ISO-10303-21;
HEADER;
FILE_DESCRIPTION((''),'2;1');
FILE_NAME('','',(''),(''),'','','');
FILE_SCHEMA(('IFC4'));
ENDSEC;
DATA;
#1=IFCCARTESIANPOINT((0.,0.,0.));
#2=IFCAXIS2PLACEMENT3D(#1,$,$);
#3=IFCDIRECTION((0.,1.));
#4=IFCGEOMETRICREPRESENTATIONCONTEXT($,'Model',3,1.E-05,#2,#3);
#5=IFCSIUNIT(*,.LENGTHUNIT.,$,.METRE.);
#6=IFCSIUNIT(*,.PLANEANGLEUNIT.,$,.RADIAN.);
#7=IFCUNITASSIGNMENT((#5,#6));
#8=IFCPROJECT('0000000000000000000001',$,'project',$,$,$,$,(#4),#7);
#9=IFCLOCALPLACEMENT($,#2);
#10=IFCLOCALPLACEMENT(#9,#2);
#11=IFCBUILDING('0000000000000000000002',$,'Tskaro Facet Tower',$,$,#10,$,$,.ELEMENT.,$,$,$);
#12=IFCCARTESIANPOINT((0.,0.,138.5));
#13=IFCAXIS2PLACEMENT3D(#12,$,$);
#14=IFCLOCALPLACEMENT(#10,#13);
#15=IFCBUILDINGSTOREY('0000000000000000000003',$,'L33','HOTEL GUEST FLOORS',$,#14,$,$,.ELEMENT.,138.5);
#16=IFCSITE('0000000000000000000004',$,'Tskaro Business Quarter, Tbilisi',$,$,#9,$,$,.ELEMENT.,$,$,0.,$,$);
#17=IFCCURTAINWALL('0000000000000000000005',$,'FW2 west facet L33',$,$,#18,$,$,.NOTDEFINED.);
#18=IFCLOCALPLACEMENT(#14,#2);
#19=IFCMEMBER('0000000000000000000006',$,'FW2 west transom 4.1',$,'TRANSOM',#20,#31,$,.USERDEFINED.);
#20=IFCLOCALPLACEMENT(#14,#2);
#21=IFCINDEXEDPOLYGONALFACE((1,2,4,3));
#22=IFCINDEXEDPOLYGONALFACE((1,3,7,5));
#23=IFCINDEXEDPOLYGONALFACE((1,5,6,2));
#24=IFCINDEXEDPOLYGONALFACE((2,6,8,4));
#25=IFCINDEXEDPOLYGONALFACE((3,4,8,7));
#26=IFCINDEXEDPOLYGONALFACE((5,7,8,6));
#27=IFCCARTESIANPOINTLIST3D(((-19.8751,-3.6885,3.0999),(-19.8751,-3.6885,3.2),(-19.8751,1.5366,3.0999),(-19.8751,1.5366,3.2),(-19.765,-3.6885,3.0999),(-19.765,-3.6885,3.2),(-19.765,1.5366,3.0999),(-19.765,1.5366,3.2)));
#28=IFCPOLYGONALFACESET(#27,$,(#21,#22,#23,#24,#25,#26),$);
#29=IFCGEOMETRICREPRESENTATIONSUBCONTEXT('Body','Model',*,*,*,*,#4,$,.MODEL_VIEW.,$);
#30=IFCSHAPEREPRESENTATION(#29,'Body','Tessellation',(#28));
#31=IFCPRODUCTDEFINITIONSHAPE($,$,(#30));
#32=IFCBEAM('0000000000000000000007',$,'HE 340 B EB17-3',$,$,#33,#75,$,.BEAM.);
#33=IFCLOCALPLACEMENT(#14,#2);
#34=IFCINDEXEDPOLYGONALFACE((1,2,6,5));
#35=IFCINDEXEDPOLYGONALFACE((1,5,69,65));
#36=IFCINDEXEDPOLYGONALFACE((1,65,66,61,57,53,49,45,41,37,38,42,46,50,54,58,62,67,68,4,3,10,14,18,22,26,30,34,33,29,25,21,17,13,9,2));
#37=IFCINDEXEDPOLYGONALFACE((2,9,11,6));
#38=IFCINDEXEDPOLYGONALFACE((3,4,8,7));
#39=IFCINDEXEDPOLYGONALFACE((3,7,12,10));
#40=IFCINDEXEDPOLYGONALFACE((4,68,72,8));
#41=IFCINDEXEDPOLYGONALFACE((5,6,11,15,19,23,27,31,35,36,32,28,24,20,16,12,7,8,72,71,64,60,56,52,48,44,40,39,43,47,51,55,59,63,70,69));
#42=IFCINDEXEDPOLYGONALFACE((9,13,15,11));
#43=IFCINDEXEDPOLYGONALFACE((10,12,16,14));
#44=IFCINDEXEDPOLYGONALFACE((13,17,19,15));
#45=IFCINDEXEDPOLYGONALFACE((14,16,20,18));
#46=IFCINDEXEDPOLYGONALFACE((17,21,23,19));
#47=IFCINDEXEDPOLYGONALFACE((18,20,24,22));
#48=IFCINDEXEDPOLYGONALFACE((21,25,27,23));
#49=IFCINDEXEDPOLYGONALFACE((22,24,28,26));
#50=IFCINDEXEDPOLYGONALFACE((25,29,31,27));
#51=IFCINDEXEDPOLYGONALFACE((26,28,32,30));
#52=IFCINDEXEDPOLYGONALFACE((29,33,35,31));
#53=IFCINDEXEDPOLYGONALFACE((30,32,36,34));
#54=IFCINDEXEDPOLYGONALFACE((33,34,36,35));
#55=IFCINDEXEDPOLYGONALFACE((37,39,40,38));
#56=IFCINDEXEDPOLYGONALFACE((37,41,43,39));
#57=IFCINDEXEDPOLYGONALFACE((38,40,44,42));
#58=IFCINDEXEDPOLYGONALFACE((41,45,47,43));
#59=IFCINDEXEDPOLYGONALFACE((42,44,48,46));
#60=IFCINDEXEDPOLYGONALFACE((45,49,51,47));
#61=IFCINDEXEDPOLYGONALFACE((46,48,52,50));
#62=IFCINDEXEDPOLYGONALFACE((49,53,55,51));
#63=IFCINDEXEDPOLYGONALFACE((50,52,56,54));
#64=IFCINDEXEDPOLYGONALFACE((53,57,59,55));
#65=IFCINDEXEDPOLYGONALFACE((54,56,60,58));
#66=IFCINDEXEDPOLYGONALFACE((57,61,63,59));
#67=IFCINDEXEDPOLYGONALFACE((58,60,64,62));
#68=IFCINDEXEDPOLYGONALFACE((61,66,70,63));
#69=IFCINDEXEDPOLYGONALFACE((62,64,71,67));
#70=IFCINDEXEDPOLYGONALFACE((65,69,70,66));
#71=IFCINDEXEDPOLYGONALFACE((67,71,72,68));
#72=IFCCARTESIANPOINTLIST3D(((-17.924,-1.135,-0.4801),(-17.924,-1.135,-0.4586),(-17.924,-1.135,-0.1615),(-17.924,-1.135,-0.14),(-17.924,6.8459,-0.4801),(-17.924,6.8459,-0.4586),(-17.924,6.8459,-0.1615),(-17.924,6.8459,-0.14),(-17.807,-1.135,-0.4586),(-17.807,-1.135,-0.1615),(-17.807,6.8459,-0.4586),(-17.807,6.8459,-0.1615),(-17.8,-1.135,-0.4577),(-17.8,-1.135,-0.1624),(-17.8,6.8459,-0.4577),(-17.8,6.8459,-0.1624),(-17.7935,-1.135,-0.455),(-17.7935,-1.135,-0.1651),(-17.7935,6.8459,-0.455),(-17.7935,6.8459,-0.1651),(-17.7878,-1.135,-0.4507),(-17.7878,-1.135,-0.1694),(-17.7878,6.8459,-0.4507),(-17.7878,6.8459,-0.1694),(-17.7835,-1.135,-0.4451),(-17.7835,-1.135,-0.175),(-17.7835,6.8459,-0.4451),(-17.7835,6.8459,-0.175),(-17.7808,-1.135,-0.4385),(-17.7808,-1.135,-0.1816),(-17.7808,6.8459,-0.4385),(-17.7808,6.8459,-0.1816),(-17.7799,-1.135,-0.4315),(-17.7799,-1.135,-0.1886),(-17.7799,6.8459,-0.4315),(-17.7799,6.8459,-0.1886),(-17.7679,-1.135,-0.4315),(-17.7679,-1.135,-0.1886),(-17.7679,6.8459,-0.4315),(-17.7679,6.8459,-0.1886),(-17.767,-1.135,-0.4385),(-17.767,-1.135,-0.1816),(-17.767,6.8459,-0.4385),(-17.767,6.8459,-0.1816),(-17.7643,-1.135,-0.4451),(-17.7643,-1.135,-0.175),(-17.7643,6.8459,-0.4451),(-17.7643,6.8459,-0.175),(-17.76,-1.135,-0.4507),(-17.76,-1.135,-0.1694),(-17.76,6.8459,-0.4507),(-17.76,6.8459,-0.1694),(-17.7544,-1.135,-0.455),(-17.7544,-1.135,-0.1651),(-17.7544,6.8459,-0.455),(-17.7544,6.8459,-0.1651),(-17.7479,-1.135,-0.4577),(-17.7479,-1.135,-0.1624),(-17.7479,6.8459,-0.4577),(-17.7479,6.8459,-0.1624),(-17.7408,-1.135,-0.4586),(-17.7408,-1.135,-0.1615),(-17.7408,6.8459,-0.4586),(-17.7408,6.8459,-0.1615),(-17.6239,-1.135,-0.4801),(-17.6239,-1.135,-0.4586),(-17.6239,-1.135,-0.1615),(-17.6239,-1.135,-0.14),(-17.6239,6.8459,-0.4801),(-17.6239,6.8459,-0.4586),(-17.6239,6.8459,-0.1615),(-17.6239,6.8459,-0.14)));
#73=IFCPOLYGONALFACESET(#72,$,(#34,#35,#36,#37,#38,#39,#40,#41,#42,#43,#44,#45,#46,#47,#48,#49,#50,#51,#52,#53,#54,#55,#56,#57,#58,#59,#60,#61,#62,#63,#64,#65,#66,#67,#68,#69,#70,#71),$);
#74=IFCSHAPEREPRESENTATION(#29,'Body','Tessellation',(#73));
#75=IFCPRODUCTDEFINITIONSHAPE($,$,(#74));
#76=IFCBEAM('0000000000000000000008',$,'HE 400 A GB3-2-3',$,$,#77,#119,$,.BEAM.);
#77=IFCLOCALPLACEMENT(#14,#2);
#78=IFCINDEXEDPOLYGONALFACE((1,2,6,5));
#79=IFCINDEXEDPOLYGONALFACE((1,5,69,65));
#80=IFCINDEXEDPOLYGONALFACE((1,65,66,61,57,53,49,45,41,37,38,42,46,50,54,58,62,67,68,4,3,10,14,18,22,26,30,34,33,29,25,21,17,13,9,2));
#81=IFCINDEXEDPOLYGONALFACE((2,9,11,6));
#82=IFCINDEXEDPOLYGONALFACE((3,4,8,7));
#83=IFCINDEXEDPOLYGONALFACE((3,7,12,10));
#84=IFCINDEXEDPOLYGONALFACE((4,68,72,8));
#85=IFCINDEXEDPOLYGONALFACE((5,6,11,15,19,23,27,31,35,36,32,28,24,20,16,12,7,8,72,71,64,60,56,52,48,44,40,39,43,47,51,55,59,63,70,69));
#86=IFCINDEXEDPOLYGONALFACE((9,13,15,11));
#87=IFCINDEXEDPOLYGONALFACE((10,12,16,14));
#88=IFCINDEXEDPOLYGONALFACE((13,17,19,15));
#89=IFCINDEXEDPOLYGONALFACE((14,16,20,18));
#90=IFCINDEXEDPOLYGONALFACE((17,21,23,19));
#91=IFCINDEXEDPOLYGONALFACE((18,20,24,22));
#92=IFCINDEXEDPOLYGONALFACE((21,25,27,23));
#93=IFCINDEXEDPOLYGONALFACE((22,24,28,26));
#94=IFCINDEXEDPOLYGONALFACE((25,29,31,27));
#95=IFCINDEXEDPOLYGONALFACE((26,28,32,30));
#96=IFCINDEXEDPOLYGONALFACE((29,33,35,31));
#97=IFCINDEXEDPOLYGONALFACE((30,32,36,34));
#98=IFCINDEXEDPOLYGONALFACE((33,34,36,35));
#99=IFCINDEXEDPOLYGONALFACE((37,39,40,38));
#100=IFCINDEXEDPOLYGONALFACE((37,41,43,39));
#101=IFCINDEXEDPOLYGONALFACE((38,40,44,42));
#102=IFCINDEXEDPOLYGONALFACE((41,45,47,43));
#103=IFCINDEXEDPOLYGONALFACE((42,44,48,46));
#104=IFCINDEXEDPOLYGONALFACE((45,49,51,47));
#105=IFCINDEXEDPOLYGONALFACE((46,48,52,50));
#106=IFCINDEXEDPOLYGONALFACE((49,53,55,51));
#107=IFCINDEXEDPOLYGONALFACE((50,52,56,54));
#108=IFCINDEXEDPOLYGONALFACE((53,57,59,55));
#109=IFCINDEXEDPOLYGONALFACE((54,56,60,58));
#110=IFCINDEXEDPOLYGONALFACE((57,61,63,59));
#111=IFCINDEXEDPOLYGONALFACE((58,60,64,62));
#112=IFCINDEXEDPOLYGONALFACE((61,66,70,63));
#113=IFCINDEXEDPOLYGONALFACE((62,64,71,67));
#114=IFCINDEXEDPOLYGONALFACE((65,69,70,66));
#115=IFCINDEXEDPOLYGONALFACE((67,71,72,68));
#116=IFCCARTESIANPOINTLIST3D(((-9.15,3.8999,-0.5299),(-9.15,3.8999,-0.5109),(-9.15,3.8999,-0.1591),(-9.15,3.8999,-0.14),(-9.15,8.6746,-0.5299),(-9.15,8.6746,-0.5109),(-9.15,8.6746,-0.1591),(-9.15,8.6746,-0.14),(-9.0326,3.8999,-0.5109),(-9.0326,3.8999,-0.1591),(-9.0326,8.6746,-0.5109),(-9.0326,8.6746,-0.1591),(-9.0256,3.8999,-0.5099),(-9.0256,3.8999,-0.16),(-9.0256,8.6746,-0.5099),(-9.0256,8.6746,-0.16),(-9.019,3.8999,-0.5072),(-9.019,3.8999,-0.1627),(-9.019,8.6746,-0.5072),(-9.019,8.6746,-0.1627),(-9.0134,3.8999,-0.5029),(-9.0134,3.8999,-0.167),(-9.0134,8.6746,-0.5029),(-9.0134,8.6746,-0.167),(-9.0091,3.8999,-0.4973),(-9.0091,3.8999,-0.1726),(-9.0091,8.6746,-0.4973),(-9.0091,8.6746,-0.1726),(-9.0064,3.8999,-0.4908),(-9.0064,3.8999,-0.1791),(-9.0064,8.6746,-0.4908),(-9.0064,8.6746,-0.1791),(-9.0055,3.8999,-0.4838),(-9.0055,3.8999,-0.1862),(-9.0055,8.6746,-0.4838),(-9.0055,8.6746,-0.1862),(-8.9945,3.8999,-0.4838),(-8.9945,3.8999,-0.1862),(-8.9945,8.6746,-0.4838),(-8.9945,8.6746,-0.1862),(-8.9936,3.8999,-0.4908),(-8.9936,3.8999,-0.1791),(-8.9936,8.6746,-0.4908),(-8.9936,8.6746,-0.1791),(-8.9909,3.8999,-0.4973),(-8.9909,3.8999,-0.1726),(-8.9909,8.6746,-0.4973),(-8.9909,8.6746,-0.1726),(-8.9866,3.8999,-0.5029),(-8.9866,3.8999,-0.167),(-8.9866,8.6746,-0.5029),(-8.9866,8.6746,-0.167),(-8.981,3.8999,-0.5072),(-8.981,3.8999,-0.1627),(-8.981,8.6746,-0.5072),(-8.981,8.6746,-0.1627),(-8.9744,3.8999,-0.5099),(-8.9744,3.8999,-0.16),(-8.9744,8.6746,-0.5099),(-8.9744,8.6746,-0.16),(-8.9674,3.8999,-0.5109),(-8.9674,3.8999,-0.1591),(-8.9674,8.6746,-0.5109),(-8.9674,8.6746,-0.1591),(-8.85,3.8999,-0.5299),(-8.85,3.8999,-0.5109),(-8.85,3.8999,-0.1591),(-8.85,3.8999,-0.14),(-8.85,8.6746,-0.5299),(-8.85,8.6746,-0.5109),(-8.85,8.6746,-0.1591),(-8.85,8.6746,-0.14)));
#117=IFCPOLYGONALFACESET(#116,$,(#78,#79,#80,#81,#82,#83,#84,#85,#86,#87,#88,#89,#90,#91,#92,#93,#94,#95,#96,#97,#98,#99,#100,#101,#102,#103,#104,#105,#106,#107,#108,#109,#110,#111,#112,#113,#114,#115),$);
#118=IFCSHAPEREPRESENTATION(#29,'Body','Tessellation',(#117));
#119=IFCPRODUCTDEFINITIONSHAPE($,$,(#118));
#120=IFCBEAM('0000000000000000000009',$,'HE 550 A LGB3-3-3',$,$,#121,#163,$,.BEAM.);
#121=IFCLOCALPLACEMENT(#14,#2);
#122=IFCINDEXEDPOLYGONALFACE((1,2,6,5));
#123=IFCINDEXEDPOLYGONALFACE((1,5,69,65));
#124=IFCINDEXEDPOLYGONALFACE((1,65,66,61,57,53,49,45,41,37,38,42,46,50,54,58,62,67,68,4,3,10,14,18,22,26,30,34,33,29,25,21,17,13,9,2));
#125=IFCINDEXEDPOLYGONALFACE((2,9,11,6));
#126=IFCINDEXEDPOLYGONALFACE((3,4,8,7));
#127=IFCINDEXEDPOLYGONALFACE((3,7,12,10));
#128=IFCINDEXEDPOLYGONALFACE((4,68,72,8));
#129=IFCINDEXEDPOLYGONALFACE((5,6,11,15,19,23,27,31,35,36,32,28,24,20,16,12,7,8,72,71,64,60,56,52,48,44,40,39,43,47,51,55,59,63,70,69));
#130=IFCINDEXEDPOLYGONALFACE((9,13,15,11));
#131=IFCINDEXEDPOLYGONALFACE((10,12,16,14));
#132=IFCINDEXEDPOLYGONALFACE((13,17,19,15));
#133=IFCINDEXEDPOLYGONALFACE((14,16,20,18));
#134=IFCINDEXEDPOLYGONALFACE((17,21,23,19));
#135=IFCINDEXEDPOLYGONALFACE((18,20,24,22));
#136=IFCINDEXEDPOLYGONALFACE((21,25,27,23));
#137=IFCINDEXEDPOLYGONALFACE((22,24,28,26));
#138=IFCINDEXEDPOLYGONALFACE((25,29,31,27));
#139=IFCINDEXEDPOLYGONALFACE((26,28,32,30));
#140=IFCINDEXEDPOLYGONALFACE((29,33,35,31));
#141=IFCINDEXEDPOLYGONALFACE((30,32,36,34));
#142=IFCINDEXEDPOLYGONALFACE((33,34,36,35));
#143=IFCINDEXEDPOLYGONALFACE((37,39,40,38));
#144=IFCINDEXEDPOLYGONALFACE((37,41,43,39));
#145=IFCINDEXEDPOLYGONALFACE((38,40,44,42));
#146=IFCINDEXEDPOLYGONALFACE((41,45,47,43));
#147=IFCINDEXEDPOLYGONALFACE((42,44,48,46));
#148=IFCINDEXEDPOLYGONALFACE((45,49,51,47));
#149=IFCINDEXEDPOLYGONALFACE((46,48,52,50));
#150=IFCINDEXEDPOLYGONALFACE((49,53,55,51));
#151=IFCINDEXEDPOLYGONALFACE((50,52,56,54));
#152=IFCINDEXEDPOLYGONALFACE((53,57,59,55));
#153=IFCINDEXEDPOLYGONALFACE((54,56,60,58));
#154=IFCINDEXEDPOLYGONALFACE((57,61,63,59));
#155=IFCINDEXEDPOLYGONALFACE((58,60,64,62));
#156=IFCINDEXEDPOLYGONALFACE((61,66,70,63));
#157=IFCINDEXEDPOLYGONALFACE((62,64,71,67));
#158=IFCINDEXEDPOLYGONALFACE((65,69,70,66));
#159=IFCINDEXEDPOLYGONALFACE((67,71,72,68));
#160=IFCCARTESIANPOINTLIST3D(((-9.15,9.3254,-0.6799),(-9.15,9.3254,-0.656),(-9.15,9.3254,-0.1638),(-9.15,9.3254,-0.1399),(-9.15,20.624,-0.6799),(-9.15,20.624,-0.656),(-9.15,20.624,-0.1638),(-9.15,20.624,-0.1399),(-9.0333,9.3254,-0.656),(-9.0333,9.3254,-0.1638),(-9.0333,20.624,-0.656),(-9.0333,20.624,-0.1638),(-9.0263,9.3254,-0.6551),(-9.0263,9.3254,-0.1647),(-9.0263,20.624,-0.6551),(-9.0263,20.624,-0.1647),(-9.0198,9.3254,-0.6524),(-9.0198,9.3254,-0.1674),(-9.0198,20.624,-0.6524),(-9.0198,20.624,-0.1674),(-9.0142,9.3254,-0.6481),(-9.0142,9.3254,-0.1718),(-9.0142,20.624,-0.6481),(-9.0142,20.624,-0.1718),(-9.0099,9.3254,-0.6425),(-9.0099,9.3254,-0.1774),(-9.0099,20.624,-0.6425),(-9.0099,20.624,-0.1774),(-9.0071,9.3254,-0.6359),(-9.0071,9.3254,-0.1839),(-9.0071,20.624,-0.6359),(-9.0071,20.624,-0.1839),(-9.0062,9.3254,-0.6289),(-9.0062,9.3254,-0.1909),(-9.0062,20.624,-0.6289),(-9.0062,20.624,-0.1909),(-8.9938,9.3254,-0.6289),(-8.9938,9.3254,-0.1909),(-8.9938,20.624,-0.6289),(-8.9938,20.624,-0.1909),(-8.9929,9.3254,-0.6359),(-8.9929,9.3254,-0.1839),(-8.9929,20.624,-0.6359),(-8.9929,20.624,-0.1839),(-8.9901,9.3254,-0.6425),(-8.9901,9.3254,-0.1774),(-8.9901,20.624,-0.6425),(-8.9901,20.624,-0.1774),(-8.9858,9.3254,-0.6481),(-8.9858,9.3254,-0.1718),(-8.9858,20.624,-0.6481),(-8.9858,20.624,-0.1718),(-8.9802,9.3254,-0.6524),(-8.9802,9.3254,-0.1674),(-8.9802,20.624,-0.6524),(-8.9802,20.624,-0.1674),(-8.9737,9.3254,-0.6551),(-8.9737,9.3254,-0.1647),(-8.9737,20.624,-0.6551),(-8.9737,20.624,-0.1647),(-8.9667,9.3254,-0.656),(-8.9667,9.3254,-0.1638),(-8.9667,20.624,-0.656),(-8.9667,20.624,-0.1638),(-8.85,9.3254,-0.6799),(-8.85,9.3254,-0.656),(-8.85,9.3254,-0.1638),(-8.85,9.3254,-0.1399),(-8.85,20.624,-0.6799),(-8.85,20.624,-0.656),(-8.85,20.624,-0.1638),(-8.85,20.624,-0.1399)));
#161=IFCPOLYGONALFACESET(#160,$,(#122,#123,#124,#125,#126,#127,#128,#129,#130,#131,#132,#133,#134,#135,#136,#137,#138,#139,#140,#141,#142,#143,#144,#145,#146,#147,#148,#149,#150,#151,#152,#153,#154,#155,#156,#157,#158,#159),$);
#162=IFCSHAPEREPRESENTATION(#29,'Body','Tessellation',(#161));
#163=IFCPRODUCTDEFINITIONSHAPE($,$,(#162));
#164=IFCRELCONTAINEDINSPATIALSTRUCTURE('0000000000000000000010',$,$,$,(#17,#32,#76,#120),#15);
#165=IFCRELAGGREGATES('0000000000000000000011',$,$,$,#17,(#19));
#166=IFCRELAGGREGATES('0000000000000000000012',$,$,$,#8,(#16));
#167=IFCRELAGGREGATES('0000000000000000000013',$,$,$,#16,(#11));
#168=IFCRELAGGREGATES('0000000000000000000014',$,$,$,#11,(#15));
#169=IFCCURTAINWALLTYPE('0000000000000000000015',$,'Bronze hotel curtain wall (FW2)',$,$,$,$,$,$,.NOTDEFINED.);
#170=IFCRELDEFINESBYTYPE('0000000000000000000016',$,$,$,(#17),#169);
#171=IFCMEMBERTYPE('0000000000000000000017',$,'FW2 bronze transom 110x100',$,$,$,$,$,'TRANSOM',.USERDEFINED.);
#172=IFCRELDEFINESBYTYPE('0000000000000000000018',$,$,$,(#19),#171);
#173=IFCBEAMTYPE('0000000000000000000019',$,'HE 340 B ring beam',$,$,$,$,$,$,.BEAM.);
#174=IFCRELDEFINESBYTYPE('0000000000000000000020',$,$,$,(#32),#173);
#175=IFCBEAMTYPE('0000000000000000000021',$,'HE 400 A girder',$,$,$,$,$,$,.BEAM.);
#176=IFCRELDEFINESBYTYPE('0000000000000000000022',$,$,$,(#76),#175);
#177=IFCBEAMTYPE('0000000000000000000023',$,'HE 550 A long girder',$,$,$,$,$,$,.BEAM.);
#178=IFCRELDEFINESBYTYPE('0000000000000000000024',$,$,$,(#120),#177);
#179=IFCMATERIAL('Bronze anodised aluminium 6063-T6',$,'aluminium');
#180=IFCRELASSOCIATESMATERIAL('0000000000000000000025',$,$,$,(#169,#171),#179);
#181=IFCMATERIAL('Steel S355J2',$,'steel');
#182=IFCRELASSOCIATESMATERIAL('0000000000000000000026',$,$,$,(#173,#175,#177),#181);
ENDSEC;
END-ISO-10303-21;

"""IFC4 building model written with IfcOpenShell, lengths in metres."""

from ifc_helpers import new_model, si_unit, direction, frame, origin, origin_2d, place, context, subcontext, project, spatial, rectangle, i_section, extrude, material, material_profile, profile_set, type_object, element, aggregate, save


model = new_model("IFC4")

# Units and contexts
model_context = context("Model", 3, precision=1e-05, world=origin(), true_north=direction((0.0, 1.0)))
body_context = subcontext(model_context, "Body", "Model", "MODEL_VIEW")
ifc_project = project(units=[si_unit("LENGTHUNIT", "METRE"), si_unit("PLANEANGLEUNIT", "RADIAN")], contexts=[model_context])

# Site, building, storey
site_placement = place(None, origin())
site = spatial("IfcSite", under=ifc_project, at=site_placement, Name="Tskaro Business Quarter, Tbilisi", CompositionType="ELEMENT", RefElevation=0.0)
building_placement = place(site_placement, origin())
building = spatial("IfcBuilding", under=site, at=building_placement, Name="Tskaro Facet Tower", CompositionType="ELEMENT")
storey_placement = place(building_placement, frame((0.0, 0.0, 138.5)))
storey = spatial("IfcBuildingStorey", under=building, at=storey_placement, Name="L33", Description="HOTEL GUEST FLOORS", CompositionType="ELEMENT", Elevation=138.5)

# Curtain wall, member
ifc_material_1 = material(Name="Bronze anodised aluminium 6063-T6", Category="aluminium")
curtain_wall_type = type_object("IfcCurtainWallType", Name="Bronze hotel curtain wall (FW2)", PredefinedType="NOTDEFINED", material=ifc_material_1)
curtain_wall_placement = place(storey_placement, origin())
curtain_wall = element("IfcCurtainWall", 1, at=curtain_wall_placement, inside=storey, type_object=curtain_wall_type, Name="FW2 west facet L33", PredefinedType="NOTDEFINED")
ifc_material_profile_1 = material_profile(ifc_material_1, rectangle(XDim=0.1101, YDim=0.1001, at=origin_2d()), Name="Transom 110x100")
ifc_profile_set_1 = profile_set([ifc_material_profile_1], Name="Bronze anodised aluminium 6063-T6")
member_type_1 = type_object("IfcMemberType", Name="FW2 bronze transom 110x100", ElementType="TRANSOM", PredefinedType="USERDEFINED", material=ifc_profile_set_1)
member_1_placement = place(storey_placement, frame((-19.8201, 1.5366, 3.1499), z_axis=(0.0, -1.0, 0.0), x_axis=(1.0, 0.0, 0.0)))
member_1 = element("IfcMember", 2, at=member_1_placement, type_object=member_type_1, Name="FW2 west transom 4.1", ObjectType="TRANSOM", PredefinedType="USERDEFINED", context=body_context, shape_type="SweptSolid", body=[
    extrude(rectangle(XDim=0.1101, YDim=0.1001, at=origin_2d()), origin(), (0.0, 0.0, 1.0), 5.2251),
])

# Beams
ifc_material_2 = material(Name="Steel S355J2", Category="steel")
ifc_material_profile_2 = material_profile(ifc_material_2, i_section(OverallWidth=0.3, OverallDepth=0.3401, WebThickness=0.012, FlangeThickness=0.0215, FilletRadius=0.0271, at=origin_2d()), Name="HE 340 B")
ifc_profile_set_2 = profile_set([ifc_material_profile_2], Name="Steel S355J2")
beam_type_1 = type_object("IfcBeamType", Name="HE 340 B ring beam", PredefinedType="BEAM", material=ifc_profile_set_2)
beam_1_placement = place(storey_placement, frame((-17.7739, 6.8459, -0.3101), z_axis=(0.0, -1.0, 0.0), x_axis=(1.0, 0.0, 0.0)))
element("IfcBeam", 3, at=beam_1_placement, inside=storey, type_object=beam_type_1, Name="HE 340 B EB17-3", PredefinedType="BEAM", context=body_context, shape_type="SweptSolid", body=[
    extrude(i_section(OverallWidth=0.3, OverallDepth=0.3401, WebThickness=0.012, FlangeThickness=0.0215, FilletRadius=0.0271, at=origin_2d()), origin(), (0.0, 0.0, 1.0), 7.981),
])
ifc_material_profile_3 = material_profile(ifc_material_2, i_section(OverallWidth=0.3, OverallDepth=0.3899, WebThickness=0.011, FlangeThickness=0.019, FilletRadius=0.0271, at=origin_2d()), Name="HE 400 A")
ifc_profile_set_3 = profile_set([ifc_material_profile_3], Name="Steel S355J2")
beam_type_2 = type_object("IfcBeamType", Name="HE 400 A girder", PredefinedType="BEAM", material=ifc_profile_set_3)
beam_2_placement = place(storey_placement, frame((-9.0, 3.8999, -0.335), z_axis=(0.0, 1.0, 0.0), x_axis=(-1.0, 0.0, 0.0)))
element("IfcBeam", 4, at=beam_2_placement, inside=storey, type_object=beam_type_2, Name="HE 400 A GB3-2-3", PredefinedType="BEAM", context=body_context, shape_type="SweptSolid", body=[
    extrude(i_section(OverallWidth=0.3, OverallDepth=0.3899, WebThickness=0.011, FlangeThickness=0.019, FilletRadius=0.0271, at=origin_2d()), origin(), (0.0, 0.0, 1.0), 4.7747),
])
ifc_material_profile_4 = material_profile(ifc_material_2, i_section(OverallWidth=0.3, OverallDepth=0.54, WebThickness=0.0125, FlangeThickness=0.0239, FilletRadius=0.0271, at=origin_2d()), Name="HE 550 A")
ifc_profile_set_4 = profile_set([ifc_material_profile_4], Name="Steel S355J2")
beam_type_3 = type_object("IfcBeamType", Name="HE 550 A long girder", PredefinedType="BEAM", material=ifc_profile_set_4)
beam_3_placement = place(storey_placement, frame((-9.0, 9.3254, -0.4099), z_axis=(0.0, 1.0, 0.0), x_axis=(-1.0, 0.0, 0.0)))
element("IfcBeam", 5, at=beam_3_placement, inside=storey, type_object=beam_type_3, Name="HE 550 A LGB3-3-3", PredefinedType="BEAM", context=body_context, shape_type="SweptSolid", body=[
    extrude(i_section(OverallWidth=0.3, OverallDepth=0.54, WebThickness=0.0125, FlangeThickness=0.0239, FilletRadius=0.0271, at=origin_2d()), origin(), (0.0, 0.0, 1.0), 11.2986),
])

aggregate(curtain_wall, [member_1])

save(model, "model.ifc")
